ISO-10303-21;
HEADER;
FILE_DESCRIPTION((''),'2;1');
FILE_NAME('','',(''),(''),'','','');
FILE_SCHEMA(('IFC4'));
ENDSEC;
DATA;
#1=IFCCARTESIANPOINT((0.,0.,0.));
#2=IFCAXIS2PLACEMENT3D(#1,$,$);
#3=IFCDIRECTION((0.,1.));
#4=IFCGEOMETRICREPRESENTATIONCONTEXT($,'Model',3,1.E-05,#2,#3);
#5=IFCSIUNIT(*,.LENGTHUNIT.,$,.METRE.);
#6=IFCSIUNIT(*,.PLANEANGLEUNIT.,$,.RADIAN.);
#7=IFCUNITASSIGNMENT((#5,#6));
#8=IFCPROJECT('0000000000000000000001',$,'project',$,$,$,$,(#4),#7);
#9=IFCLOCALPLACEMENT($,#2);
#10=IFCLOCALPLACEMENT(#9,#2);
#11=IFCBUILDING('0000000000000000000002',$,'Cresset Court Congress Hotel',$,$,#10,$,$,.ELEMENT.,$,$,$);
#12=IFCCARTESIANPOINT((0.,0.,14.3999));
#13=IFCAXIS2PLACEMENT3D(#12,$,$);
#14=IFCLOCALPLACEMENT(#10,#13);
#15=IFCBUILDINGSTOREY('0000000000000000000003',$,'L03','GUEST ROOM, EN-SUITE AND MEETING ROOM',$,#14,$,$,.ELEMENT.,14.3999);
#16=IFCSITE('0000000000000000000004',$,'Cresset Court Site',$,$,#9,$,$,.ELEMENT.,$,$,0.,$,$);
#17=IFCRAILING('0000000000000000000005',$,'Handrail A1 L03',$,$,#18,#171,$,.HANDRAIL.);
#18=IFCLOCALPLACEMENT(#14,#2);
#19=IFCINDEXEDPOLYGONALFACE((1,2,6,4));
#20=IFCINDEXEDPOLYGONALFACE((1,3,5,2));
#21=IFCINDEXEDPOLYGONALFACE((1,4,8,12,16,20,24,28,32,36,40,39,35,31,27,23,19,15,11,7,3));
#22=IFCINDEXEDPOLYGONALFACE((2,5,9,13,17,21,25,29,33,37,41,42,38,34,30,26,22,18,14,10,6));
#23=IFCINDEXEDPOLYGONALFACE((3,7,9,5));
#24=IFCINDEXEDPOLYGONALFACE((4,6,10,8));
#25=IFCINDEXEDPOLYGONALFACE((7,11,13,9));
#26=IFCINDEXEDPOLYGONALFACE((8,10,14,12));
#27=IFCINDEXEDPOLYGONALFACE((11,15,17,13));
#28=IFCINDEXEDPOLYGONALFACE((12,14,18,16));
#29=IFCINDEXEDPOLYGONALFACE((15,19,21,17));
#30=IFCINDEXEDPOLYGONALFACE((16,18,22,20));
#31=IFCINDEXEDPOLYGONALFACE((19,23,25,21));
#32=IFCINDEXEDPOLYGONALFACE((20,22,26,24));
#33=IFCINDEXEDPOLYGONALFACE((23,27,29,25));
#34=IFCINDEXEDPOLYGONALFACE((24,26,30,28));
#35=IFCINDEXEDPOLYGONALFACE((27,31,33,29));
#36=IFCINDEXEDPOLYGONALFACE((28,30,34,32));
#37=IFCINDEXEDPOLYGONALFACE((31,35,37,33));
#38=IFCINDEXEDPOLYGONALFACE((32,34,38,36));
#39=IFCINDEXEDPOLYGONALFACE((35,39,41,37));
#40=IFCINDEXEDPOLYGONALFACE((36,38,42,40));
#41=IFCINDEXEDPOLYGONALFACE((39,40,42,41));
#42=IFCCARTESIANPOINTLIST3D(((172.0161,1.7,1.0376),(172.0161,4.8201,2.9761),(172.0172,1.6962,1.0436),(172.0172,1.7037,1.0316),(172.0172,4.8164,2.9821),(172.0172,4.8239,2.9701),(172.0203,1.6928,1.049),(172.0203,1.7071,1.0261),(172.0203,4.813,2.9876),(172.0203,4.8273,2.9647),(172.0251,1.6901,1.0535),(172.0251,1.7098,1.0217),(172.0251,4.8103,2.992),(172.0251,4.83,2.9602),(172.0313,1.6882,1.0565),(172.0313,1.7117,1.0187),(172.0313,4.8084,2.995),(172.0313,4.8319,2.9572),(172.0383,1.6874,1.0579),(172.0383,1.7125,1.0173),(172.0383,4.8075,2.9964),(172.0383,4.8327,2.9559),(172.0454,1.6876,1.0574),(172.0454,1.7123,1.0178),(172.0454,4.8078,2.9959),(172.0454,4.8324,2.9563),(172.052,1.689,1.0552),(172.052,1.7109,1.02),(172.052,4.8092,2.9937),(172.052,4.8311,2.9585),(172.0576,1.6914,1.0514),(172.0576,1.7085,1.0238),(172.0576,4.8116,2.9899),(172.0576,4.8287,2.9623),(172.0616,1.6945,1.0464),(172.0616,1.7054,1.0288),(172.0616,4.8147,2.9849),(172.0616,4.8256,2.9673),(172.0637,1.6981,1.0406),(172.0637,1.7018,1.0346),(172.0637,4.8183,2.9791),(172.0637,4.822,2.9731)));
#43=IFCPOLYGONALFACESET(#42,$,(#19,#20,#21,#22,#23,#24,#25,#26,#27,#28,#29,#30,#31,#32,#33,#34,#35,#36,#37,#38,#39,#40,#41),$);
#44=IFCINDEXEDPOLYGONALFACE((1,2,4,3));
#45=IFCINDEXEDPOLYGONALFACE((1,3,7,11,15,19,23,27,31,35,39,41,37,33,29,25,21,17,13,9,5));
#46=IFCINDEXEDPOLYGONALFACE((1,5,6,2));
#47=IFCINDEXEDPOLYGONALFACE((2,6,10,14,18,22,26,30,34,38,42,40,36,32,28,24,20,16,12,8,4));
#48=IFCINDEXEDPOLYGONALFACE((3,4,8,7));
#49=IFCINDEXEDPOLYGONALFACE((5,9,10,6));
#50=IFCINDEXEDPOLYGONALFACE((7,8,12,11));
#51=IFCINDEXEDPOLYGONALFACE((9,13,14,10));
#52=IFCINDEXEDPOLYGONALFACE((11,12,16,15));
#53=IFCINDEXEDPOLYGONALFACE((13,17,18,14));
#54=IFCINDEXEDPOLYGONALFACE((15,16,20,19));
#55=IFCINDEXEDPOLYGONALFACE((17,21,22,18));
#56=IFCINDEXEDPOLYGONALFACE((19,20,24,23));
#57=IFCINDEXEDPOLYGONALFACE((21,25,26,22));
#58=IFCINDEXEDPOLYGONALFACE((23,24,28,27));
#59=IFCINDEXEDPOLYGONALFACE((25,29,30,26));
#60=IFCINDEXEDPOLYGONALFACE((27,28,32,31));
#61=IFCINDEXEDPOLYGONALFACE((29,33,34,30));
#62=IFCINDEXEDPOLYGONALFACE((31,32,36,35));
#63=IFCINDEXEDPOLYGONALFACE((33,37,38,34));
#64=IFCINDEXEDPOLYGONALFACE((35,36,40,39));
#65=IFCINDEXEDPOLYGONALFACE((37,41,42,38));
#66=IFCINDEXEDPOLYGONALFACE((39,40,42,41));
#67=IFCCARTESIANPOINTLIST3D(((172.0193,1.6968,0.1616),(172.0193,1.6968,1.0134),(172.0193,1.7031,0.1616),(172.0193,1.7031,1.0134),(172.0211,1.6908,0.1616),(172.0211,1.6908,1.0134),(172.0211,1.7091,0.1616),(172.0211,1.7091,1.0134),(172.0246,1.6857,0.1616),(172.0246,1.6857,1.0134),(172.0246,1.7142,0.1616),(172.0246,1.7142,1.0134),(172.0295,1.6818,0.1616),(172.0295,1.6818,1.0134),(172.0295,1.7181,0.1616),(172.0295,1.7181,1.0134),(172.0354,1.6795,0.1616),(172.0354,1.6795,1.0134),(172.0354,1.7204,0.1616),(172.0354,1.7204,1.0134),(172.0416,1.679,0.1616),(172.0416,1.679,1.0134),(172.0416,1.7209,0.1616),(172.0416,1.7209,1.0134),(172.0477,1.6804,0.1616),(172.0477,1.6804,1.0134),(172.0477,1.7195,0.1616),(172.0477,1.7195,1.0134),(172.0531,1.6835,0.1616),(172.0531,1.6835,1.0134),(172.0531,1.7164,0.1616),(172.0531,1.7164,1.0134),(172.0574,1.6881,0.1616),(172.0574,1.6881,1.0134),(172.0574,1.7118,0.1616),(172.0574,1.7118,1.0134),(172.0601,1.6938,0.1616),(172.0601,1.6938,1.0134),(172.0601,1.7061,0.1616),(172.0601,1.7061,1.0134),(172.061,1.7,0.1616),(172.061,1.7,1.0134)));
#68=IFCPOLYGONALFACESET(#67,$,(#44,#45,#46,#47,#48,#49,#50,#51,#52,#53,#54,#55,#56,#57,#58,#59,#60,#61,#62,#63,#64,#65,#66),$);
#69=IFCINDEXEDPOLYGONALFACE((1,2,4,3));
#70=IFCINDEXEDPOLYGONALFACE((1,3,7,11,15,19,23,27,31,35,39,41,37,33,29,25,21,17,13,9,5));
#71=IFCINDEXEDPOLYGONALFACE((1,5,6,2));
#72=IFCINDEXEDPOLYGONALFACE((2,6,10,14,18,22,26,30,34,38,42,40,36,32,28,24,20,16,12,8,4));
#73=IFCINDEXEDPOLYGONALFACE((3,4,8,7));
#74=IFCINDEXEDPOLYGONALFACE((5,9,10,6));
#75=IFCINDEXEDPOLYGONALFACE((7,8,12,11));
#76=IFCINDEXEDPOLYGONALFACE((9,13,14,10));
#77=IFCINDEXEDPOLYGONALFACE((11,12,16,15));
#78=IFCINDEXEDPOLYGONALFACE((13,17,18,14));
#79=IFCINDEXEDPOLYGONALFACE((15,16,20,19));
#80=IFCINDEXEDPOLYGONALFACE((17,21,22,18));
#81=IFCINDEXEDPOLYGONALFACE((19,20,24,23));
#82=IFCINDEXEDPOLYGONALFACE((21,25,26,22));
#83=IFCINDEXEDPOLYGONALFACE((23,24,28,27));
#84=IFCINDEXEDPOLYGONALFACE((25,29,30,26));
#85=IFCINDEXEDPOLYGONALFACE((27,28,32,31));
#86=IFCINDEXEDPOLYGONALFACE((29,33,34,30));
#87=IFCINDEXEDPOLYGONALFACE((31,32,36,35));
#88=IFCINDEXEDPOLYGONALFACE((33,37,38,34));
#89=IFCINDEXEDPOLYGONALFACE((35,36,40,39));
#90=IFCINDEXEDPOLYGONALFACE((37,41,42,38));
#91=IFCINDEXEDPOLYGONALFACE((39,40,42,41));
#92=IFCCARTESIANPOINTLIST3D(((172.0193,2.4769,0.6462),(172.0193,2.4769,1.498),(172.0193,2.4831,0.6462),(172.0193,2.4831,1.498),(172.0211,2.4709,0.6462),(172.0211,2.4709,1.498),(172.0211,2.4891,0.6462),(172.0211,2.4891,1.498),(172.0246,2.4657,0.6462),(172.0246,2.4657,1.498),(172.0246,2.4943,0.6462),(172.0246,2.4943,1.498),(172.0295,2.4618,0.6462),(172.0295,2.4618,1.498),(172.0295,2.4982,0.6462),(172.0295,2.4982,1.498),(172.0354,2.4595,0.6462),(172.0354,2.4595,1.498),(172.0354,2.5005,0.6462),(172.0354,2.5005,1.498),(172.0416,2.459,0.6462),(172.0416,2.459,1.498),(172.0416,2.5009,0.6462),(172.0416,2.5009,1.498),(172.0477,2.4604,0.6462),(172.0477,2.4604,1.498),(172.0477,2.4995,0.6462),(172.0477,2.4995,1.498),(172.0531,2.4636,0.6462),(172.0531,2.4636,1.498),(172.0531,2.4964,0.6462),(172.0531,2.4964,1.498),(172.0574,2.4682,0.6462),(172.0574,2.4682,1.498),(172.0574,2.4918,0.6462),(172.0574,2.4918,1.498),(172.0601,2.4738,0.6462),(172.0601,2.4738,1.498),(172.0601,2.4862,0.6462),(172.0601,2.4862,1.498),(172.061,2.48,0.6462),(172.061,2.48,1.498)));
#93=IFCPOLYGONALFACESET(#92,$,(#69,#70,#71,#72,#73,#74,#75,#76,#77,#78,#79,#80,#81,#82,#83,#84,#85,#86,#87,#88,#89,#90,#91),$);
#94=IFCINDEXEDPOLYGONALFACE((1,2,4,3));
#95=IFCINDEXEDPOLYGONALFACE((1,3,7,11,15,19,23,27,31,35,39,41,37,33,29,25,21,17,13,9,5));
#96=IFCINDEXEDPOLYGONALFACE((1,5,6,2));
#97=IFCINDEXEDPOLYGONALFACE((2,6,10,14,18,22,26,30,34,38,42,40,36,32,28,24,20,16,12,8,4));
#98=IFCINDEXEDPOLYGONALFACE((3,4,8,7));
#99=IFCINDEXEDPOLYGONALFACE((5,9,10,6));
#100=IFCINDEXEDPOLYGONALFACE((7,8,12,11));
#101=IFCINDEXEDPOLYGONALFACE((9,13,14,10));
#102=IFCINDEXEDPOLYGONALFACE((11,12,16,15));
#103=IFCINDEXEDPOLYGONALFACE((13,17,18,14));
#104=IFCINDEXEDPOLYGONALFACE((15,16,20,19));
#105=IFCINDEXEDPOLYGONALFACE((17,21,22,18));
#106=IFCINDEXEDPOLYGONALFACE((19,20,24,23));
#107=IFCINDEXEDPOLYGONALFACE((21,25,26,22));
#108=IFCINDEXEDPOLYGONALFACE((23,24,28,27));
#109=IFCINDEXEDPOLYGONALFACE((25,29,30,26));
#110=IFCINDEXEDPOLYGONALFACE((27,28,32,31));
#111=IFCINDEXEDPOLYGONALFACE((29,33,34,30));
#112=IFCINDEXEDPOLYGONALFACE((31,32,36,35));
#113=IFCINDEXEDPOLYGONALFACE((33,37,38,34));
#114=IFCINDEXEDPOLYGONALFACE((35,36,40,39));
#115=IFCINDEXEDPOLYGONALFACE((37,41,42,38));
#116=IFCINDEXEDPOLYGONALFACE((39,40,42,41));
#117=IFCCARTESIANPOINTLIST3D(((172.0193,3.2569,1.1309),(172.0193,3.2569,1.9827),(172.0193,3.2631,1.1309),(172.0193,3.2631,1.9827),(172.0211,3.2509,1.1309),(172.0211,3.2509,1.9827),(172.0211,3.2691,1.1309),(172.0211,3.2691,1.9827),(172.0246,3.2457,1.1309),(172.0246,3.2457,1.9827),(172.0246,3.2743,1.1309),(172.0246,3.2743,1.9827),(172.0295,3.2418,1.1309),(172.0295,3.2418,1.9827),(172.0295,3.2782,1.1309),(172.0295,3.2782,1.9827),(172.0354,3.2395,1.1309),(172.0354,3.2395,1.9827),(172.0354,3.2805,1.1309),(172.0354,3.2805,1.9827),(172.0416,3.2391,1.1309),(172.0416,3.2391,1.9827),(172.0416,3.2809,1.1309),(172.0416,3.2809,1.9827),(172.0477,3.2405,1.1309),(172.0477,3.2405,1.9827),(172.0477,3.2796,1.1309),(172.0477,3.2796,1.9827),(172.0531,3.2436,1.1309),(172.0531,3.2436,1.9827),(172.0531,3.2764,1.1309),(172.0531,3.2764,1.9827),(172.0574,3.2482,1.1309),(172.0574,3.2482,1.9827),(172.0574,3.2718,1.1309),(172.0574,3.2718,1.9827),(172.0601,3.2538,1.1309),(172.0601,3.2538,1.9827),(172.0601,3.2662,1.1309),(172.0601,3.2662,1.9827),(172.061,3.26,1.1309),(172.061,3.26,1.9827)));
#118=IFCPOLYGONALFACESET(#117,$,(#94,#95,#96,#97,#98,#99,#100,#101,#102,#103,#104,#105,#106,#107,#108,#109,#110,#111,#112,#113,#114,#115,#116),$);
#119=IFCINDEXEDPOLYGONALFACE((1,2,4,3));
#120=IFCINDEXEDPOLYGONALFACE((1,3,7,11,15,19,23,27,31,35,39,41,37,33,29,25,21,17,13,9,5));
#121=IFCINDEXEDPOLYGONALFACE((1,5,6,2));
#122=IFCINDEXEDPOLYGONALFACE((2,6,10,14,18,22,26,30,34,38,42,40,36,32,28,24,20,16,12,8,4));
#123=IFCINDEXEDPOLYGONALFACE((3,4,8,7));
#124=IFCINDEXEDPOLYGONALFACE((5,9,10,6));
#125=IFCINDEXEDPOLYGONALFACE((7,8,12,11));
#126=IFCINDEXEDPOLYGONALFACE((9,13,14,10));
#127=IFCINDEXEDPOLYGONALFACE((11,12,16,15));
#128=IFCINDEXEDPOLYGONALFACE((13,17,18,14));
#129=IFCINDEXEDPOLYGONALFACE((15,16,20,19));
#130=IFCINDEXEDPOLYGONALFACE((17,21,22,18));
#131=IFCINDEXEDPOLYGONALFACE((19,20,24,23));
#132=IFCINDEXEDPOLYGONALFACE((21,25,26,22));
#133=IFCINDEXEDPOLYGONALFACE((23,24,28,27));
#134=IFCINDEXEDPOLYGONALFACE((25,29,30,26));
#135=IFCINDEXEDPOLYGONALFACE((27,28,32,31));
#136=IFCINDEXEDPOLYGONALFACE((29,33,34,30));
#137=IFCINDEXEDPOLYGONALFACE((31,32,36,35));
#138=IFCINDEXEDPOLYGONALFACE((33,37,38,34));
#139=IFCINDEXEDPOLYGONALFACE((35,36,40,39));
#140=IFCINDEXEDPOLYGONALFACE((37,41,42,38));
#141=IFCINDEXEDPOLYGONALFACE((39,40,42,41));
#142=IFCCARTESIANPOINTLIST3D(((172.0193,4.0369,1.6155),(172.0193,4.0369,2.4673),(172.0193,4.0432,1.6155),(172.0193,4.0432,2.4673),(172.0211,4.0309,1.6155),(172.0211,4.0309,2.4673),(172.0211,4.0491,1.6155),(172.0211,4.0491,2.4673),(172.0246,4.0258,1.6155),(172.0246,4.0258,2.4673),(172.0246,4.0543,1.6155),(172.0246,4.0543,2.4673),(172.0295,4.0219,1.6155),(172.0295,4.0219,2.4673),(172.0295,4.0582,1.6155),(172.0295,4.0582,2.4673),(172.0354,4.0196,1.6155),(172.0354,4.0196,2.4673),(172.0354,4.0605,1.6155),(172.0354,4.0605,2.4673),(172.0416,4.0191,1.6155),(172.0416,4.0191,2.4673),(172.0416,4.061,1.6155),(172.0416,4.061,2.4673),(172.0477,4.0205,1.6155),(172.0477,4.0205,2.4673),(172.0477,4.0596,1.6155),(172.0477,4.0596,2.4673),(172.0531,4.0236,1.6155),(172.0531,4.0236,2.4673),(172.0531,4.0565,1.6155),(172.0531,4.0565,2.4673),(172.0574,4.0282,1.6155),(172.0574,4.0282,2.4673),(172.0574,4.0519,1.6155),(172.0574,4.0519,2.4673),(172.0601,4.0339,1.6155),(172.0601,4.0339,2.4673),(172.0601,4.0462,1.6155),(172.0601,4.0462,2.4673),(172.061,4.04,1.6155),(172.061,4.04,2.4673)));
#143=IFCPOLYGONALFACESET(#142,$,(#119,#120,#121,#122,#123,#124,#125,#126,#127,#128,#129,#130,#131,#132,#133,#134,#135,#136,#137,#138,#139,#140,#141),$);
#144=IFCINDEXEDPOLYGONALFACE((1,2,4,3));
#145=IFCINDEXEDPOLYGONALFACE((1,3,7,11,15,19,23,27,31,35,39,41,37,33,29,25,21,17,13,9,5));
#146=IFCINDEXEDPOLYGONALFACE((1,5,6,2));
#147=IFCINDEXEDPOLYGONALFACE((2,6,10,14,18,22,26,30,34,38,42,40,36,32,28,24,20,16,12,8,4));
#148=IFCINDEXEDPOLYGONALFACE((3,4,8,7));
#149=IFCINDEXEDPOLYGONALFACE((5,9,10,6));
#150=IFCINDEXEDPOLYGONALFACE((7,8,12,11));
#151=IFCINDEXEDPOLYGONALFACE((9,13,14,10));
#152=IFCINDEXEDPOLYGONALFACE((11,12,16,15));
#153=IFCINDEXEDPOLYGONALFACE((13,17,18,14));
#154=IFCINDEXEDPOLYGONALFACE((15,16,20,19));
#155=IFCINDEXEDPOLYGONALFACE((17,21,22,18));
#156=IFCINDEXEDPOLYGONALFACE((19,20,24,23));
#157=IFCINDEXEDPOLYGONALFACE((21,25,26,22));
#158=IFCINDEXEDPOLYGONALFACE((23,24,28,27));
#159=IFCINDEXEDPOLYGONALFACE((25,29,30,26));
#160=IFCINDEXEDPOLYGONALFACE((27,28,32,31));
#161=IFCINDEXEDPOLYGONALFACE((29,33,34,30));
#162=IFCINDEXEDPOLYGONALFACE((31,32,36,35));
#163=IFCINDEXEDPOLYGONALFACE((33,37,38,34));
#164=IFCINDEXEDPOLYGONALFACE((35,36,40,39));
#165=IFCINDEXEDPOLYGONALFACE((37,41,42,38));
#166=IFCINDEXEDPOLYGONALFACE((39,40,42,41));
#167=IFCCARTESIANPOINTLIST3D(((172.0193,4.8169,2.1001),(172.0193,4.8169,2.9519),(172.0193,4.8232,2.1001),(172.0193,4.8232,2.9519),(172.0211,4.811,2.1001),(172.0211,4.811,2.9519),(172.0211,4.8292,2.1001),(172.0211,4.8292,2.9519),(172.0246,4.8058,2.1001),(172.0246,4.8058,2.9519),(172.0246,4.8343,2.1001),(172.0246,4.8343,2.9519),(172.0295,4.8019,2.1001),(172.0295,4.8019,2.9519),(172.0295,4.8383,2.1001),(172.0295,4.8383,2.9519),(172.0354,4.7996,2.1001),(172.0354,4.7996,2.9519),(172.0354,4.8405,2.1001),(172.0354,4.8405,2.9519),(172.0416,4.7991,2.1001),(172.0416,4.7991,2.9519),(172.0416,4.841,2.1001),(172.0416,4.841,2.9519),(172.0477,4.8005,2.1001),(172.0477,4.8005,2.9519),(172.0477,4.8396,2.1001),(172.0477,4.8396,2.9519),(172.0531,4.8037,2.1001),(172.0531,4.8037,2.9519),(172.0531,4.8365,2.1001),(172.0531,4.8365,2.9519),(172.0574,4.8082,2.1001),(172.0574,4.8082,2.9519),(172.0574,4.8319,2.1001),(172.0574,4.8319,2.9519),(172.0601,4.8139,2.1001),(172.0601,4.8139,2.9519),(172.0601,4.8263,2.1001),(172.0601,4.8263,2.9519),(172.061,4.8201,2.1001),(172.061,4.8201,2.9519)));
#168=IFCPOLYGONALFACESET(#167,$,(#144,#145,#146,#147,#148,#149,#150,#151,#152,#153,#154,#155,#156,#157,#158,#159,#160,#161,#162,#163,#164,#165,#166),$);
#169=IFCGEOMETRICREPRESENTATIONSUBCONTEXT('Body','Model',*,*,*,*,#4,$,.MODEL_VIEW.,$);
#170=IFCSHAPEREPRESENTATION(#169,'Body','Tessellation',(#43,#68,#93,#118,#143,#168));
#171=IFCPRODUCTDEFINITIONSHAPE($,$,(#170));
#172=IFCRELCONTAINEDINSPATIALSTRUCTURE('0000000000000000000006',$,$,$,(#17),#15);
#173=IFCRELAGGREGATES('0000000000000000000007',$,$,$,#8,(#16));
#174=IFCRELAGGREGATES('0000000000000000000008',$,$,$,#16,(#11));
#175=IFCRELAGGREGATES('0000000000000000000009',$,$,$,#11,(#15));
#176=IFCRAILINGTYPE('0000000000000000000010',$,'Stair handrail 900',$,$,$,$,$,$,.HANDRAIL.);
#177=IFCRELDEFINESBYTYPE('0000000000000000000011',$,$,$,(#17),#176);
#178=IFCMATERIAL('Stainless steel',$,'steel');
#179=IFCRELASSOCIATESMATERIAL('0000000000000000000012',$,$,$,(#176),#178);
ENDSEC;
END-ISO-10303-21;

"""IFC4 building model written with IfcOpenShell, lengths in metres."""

from ifc_helpers import new_model, si_unit, direction, frame, origin, origin_2d, place, context, subcontext, project, spatial, circle, extrude, material, type_object, element, save


model = new_model("IFC4")

# Units and contexts
model_context = context("Model", 3, precision=1e-05, world=origin(), true_north=direction((0.0, 1.0)))
body_context = subcontext(model_context, "Body", "Model", "MODEL_VIEW")
ifc_project = project(units=[si_unit("LENGTHUNIT", "METRE"), si_unit("PLANEANGLEUNIT", "RADIAN")], contexts=[model_context])

# Site, building, storey
site_placement = place(None, origin())
site = spatial("IfcSite", under=ifc_project, at=site_placement, Name="Cresset Court Site", CompositionType="ELEMENT", RefElevation=0.0)
building_placement = place(site_placement, origin())
building = spatial("IfcBuilding", under=site, at=building_placement, Name="Cresset Court Congress Hotel", CompositionType="ELEMENT")
storey_placement = place(building_placement, frame((0.0, 0.0, 14.3999)))
storey = spatial("IfcBuildingStorey", under=building, at=storey_placement, Name="L03", Description="GUEST ROOM, EN-SUITE AND MEETING ROOM", CompositionType="ELEMENT", Elevation=14.3999)

# Railing
ifc_material_1 = material(Name="Stainless steel", Category="steel")
railing_type_1 = type_object("IfcRailingType", Name="Stair handrail 900", PredefinedType="HANDRAIL", material=ifc_material_1)
for number, where, name in (
    (1, (172.04, 1.7, 0.1616), "Handrail A1 L03"),
):
    element("IfcRailing", number, at=place(storey_placement, frame(where)), inside=storey, type_object=railing_type_1, Name=name, PredefinedType="HANDRAIL", context=body_context, shape_type="SweptSolid", body=[
        extrude(circle(Radius=0.0239, at=origin_2d()), frame((0.0, 0.0, 0.876), z_axis=(0.0, 0.849414, 0.527727), x_axis=(-1.0, 0.0, 0.0)), (0.0, 0.0, 1.0), 3.6733),
        extrude(circle(Radius=0.021, at=origin_2d()), origin(), (0.0, 0.0, 1.0), 0.8518),
        extrude(circle(Radius=0.021, at=origin_2d()), frame((0.0, 0.78, 0.4846)), (0.0, 0.0, 1.0), 0.8518),
        extrude(circle(Radius=0.021, at=origin_2d()), frame((0.0, 1.5601, 0.9692)), (0.0, 0.0, 1.0), 0.8518),
        extrude(circle(Radius=0.021, at=origin_2d()), frame((0.0, 2.3401, 1.4539)), (0.0, 0.0, 1.0), 0.8518),
        extrude(circle(Radius=0.021, at=origin_2d()), frame((0.0, 3.1201, 1.9385)), (0.0, 0.0, 1.0), 0.8518),
    ])

save(model, "model.ifc")
